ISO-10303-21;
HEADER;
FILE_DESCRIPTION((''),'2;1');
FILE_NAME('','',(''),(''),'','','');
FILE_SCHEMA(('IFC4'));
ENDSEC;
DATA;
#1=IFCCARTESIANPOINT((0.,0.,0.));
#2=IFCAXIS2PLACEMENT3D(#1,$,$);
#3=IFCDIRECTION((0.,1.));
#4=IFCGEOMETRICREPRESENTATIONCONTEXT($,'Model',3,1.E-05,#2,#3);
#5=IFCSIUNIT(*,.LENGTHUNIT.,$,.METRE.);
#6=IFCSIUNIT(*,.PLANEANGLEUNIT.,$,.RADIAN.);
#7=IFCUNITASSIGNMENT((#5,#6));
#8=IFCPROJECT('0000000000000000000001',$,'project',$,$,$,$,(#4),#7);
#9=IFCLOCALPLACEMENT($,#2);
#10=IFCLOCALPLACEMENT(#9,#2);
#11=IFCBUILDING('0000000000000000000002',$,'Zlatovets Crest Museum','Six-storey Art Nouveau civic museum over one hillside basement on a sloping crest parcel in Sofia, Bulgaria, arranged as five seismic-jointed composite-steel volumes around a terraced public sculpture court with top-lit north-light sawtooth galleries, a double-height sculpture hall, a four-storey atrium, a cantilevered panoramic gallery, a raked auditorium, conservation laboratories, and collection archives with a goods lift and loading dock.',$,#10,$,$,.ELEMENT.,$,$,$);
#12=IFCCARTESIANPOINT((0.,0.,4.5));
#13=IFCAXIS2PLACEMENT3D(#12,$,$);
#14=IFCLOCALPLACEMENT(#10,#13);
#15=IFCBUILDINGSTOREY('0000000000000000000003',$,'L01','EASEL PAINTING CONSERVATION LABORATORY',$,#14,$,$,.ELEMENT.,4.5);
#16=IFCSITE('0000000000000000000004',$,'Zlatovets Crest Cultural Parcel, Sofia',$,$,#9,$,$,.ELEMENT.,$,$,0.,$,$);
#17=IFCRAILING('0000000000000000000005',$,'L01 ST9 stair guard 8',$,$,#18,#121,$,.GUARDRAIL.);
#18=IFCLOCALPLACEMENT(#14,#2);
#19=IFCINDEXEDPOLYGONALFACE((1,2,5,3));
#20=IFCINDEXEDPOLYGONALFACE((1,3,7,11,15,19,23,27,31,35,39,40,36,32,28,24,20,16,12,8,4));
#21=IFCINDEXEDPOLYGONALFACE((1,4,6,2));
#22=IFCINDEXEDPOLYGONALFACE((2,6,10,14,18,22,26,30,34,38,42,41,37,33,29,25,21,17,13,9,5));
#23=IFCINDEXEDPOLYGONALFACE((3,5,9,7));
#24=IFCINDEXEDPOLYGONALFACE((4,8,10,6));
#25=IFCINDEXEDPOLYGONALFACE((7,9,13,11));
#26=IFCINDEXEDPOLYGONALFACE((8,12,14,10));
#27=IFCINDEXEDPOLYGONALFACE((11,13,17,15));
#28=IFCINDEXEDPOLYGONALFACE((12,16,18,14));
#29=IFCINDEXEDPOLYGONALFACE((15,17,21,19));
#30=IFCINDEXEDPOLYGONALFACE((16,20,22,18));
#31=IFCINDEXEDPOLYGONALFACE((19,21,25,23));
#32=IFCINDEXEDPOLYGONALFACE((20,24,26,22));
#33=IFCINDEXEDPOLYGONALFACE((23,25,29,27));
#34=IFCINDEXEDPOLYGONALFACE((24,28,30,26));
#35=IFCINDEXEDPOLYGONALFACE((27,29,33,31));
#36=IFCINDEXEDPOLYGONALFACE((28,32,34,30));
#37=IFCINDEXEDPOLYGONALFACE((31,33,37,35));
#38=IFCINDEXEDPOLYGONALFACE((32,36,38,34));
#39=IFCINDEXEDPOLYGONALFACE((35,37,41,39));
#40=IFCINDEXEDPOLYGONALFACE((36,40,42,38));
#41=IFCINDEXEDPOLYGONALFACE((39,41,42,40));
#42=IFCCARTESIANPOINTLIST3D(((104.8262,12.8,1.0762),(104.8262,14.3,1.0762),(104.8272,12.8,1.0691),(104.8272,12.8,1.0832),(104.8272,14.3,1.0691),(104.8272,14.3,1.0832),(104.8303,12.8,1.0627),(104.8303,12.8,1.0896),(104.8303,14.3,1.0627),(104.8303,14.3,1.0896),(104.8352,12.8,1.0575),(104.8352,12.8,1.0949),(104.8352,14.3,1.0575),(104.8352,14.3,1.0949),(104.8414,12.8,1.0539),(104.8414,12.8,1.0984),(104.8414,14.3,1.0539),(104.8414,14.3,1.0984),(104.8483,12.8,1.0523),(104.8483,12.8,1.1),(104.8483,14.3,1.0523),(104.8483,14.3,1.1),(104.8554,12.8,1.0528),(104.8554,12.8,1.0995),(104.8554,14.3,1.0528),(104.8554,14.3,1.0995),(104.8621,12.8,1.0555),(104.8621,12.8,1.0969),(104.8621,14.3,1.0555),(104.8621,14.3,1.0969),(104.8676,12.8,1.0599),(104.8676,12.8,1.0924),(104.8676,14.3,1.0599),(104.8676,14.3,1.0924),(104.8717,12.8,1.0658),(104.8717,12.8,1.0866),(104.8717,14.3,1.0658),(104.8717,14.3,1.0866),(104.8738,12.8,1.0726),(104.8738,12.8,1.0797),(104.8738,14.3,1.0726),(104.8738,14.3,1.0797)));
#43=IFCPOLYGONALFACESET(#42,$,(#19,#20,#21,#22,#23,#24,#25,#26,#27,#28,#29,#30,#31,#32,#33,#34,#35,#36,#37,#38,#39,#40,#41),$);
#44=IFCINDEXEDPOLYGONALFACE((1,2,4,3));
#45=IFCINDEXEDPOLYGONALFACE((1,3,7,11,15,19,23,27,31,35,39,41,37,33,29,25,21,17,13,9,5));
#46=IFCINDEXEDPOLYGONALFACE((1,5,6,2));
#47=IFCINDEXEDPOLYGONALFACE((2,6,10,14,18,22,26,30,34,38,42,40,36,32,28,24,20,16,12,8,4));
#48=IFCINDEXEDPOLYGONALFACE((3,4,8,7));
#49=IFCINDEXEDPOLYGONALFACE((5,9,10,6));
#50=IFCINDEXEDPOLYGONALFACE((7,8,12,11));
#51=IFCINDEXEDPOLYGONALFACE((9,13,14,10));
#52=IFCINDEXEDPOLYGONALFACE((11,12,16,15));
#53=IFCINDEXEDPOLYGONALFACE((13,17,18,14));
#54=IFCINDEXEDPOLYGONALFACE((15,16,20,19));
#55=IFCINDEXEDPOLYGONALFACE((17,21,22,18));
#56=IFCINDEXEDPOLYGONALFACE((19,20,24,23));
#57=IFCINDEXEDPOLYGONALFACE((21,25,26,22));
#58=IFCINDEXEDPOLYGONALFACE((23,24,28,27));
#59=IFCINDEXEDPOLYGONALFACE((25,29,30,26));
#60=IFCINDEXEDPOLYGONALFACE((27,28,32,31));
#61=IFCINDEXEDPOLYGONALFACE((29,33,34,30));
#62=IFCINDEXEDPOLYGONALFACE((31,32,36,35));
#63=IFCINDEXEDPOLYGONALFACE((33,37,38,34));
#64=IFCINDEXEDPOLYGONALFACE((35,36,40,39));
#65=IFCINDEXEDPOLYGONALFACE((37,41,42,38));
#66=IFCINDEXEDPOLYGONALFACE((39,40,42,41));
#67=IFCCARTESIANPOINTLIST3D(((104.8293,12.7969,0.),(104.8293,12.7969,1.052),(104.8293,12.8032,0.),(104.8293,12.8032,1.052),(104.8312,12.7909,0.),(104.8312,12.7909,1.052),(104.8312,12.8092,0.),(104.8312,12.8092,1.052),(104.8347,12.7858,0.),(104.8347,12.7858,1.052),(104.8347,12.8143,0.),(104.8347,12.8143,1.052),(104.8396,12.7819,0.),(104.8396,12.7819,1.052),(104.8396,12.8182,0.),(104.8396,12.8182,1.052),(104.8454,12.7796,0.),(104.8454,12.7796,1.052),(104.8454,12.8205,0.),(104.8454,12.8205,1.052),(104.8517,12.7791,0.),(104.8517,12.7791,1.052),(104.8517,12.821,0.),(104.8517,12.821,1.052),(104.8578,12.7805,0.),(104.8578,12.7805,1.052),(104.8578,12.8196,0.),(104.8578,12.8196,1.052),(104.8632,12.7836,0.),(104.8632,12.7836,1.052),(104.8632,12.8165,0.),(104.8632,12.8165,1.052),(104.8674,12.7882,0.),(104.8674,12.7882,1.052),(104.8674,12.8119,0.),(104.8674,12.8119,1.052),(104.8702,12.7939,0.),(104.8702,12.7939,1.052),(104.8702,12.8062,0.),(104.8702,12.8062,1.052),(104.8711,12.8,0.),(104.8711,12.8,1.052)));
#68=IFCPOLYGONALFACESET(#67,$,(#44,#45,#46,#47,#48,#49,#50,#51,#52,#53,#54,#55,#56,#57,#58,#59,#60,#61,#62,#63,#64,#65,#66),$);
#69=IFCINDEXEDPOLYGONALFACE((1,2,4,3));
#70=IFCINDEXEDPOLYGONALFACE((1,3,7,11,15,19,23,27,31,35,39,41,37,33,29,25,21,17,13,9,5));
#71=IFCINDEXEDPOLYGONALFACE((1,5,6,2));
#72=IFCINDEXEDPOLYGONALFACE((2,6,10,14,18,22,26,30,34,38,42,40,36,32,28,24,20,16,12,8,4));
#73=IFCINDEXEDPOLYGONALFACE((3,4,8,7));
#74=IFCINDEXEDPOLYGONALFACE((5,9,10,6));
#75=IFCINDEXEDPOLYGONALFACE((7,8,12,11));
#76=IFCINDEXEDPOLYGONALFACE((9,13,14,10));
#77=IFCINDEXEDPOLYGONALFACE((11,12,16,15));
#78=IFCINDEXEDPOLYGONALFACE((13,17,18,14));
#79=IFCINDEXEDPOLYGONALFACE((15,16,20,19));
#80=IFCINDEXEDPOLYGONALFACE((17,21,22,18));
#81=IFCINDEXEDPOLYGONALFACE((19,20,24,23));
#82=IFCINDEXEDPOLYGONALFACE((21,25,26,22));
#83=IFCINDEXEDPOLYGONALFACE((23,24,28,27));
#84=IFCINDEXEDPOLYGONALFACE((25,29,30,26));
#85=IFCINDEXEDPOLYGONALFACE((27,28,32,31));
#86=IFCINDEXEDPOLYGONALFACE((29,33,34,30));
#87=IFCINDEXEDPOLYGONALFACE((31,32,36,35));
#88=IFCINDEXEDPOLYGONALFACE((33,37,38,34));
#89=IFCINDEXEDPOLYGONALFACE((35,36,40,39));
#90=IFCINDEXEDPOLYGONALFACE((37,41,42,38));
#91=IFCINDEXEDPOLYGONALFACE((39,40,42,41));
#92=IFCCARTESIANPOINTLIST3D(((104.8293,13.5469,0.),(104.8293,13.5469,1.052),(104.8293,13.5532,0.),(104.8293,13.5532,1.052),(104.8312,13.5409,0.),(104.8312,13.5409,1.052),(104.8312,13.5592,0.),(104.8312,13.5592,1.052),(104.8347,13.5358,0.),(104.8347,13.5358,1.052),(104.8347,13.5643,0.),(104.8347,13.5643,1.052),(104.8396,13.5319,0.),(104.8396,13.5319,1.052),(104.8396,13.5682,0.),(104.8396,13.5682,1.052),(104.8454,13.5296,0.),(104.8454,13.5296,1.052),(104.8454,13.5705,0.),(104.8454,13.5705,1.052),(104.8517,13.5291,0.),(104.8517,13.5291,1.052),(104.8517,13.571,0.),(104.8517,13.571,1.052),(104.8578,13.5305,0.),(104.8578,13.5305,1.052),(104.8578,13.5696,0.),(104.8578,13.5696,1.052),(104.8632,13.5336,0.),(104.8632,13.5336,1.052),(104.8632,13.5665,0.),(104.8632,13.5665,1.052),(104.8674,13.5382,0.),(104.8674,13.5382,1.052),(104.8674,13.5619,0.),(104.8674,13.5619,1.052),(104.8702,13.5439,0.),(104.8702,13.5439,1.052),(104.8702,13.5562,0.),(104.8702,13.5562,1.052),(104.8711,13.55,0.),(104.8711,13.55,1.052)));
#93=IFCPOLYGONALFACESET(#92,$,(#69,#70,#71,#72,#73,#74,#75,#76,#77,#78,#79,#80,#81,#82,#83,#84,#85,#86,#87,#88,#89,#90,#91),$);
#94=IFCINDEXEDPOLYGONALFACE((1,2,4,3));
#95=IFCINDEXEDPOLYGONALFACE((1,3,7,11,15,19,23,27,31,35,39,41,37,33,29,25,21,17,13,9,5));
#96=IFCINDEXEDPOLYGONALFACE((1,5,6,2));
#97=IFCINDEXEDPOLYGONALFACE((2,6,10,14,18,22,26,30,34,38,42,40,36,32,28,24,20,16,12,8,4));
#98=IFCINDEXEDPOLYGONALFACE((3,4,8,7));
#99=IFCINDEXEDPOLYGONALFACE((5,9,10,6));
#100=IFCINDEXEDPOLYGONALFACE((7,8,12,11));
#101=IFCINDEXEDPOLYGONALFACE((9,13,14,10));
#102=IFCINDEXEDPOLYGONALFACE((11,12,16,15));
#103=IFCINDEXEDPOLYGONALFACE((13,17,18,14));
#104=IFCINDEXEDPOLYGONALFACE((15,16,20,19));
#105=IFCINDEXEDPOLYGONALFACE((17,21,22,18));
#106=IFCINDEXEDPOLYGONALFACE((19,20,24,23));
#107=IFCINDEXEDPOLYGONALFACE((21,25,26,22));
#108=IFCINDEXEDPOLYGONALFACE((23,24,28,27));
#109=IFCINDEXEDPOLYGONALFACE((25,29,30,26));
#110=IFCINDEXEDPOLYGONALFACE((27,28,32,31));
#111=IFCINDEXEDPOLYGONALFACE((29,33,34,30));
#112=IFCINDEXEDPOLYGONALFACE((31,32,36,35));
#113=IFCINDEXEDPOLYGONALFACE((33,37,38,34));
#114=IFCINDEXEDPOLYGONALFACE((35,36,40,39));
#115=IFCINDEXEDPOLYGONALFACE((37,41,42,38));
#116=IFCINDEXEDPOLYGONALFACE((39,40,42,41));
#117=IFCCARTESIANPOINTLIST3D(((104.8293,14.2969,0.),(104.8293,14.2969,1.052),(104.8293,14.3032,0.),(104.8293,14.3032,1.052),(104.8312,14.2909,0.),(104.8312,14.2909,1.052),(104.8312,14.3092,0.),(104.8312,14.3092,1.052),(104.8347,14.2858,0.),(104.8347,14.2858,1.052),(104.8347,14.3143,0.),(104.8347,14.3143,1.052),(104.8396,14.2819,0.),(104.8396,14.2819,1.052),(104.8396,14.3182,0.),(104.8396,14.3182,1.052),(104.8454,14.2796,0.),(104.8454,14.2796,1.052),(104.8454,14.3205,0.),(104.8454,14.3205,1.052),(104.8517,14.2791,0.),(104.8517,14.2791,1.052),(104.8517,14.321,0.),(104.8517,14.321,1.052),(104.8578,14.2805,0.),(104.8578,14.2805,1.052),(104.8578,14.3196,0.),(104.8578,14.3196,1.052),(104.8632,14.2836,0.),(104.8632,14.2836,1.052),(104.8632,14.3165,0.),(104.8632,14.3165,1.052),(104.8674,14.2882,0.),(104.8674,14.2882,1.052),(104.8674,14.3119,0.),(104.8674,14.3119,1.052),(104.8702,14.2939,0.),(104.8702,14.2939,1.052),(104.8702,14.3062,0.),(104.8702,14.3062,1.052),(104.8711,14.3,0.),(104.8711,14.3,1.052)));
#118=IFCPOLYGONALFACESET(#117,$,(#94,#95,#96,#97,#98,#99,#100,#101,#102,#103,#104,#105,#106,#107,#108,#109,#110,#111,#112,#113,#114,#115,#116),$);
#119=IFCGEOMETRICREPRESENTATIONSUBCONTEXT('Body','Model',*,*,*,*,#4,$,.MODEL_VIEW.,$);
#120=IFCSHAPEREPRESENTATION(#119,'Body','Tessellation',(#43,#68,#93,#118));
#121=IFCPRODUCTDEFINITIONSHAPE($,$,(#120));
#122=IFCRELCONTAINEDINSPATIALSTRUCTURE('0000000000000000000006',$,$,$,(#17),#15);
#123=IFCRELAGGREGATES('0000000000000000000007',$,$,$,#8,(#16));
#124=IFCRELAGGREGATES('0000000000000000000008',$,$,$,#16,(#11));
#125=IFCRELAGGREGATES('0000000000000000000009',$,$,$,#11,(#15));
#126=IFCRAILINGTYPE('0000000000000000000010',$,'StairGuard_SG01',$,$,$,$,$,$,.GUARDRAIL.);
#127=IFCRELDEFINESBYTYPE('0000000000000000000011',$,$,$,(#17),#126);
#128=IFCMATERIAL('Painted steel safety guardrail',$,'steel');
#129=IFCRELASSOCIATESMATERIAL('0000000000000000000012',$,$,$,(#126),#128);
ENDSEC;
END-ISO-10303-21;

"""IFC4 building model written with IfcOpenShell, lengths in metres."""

from ifc_helpers import new_model, si_unit, direction, frame, origin, origin_2d, place, context, subcontext, project, spatial, circle, extrude, material, type_object, element, save


model = new_model("IFC4")

# Units and contexts
model_context = context("Model", 3, precision=1e-05, world=origin(), true_north=direction((0.0, 1.0)))
body_context = subcontext(model_context, "Body", "Model", "MODEL_VIEW")
ifc_project = project(units=[si_unit("LENGTHUNIT", "METRE"), si_unit("PLANEANGLEUNIT", "RADIAN")], contexts=[model_context])

# Site, building, storey
site_placement = place(None, origin())
site = spatial("IfcSite", under=ifc_project, at=site_placement, Name="Zlatovets Crest Cultural Parcel, Sofia", CompositionType="ELEMENT", RefElevation=0.0)
building_placement = place(site_placement, origin())
building = spatial("IfcBuilding", under=site, at=building_placement, Name="Zlatovets Crest Museum", Description="Six-storey Art Nouveau civic museum over one hillside basement on a sloping crest parcel in Sofia, Bulgaria, arranged as five seismic-jointed composite-steel volumes around a terraced public sculpture court with top-lit north-light sawtooth galleries, a double-height sculpture hall, a four-storey atrium, a cantilevered panoramic gallery, a raked auditorium, conservation laboratories, and collection archives with a goods lift and loading dock.", CompositionType="ELEMENT")
storey_placement = place(building_placement, frame((0.0, 0.0, 4.5)))
storey = spatial("IfcBuildingStorey", under=building, at=storey_placement, Name="L01", Description="EASEL PAINTING CONSERVATION LABORATORY", CompositionType="ELEMENT", Elevation=4.5)

# Railing
ifc_material_1 = material(Name="Painted steel safety guardrail", Category="steel")
railing_type_1 = type_object("IfcRailingType", Name="StairGuard_SG01", PredefinedType="GUARDRAIL", material=ifc_material_1)
for number, where, name in (
    (1, (104.8501, 12.8, 0.0), "L01 ST9 stair guard 8"),
):
    element("IfcRailing", number, at=place(storey_placement, frame(where)), inside=storey, type_object=railing_type_1, Name=name, PredefinedType="GUARDRAIL", context=body_context, shape_type="SweptSolid", body=[
        extrude(circle(Radius=0.0239, at=origin_2d()), frame((0.0, 0.0, 1.0762), z_axis=(0.0, 1.0, 0.0), x_axis=(-1.0, 0.0, 0.0)), (0.0, 0.0, 1.0), 1.5),
        extrude(circle(Radius=0.021, at=origin_2d()), origin(), (0.0, 0.0, 1.0), 1.052),
        extrude(circle(Radius=0.021, at=origin_2d()), frame((0.0, 0.75, 0.0)), (0.0, 0.0, 1.0), 1.052),
        extrude(circle(Radius=0.021, at=origin_2d()), frame((0.0, 1.5, 0.0)), (0.0, 0.0, 1.0), 1.052),
    ])

save(model, "model.ifc")
